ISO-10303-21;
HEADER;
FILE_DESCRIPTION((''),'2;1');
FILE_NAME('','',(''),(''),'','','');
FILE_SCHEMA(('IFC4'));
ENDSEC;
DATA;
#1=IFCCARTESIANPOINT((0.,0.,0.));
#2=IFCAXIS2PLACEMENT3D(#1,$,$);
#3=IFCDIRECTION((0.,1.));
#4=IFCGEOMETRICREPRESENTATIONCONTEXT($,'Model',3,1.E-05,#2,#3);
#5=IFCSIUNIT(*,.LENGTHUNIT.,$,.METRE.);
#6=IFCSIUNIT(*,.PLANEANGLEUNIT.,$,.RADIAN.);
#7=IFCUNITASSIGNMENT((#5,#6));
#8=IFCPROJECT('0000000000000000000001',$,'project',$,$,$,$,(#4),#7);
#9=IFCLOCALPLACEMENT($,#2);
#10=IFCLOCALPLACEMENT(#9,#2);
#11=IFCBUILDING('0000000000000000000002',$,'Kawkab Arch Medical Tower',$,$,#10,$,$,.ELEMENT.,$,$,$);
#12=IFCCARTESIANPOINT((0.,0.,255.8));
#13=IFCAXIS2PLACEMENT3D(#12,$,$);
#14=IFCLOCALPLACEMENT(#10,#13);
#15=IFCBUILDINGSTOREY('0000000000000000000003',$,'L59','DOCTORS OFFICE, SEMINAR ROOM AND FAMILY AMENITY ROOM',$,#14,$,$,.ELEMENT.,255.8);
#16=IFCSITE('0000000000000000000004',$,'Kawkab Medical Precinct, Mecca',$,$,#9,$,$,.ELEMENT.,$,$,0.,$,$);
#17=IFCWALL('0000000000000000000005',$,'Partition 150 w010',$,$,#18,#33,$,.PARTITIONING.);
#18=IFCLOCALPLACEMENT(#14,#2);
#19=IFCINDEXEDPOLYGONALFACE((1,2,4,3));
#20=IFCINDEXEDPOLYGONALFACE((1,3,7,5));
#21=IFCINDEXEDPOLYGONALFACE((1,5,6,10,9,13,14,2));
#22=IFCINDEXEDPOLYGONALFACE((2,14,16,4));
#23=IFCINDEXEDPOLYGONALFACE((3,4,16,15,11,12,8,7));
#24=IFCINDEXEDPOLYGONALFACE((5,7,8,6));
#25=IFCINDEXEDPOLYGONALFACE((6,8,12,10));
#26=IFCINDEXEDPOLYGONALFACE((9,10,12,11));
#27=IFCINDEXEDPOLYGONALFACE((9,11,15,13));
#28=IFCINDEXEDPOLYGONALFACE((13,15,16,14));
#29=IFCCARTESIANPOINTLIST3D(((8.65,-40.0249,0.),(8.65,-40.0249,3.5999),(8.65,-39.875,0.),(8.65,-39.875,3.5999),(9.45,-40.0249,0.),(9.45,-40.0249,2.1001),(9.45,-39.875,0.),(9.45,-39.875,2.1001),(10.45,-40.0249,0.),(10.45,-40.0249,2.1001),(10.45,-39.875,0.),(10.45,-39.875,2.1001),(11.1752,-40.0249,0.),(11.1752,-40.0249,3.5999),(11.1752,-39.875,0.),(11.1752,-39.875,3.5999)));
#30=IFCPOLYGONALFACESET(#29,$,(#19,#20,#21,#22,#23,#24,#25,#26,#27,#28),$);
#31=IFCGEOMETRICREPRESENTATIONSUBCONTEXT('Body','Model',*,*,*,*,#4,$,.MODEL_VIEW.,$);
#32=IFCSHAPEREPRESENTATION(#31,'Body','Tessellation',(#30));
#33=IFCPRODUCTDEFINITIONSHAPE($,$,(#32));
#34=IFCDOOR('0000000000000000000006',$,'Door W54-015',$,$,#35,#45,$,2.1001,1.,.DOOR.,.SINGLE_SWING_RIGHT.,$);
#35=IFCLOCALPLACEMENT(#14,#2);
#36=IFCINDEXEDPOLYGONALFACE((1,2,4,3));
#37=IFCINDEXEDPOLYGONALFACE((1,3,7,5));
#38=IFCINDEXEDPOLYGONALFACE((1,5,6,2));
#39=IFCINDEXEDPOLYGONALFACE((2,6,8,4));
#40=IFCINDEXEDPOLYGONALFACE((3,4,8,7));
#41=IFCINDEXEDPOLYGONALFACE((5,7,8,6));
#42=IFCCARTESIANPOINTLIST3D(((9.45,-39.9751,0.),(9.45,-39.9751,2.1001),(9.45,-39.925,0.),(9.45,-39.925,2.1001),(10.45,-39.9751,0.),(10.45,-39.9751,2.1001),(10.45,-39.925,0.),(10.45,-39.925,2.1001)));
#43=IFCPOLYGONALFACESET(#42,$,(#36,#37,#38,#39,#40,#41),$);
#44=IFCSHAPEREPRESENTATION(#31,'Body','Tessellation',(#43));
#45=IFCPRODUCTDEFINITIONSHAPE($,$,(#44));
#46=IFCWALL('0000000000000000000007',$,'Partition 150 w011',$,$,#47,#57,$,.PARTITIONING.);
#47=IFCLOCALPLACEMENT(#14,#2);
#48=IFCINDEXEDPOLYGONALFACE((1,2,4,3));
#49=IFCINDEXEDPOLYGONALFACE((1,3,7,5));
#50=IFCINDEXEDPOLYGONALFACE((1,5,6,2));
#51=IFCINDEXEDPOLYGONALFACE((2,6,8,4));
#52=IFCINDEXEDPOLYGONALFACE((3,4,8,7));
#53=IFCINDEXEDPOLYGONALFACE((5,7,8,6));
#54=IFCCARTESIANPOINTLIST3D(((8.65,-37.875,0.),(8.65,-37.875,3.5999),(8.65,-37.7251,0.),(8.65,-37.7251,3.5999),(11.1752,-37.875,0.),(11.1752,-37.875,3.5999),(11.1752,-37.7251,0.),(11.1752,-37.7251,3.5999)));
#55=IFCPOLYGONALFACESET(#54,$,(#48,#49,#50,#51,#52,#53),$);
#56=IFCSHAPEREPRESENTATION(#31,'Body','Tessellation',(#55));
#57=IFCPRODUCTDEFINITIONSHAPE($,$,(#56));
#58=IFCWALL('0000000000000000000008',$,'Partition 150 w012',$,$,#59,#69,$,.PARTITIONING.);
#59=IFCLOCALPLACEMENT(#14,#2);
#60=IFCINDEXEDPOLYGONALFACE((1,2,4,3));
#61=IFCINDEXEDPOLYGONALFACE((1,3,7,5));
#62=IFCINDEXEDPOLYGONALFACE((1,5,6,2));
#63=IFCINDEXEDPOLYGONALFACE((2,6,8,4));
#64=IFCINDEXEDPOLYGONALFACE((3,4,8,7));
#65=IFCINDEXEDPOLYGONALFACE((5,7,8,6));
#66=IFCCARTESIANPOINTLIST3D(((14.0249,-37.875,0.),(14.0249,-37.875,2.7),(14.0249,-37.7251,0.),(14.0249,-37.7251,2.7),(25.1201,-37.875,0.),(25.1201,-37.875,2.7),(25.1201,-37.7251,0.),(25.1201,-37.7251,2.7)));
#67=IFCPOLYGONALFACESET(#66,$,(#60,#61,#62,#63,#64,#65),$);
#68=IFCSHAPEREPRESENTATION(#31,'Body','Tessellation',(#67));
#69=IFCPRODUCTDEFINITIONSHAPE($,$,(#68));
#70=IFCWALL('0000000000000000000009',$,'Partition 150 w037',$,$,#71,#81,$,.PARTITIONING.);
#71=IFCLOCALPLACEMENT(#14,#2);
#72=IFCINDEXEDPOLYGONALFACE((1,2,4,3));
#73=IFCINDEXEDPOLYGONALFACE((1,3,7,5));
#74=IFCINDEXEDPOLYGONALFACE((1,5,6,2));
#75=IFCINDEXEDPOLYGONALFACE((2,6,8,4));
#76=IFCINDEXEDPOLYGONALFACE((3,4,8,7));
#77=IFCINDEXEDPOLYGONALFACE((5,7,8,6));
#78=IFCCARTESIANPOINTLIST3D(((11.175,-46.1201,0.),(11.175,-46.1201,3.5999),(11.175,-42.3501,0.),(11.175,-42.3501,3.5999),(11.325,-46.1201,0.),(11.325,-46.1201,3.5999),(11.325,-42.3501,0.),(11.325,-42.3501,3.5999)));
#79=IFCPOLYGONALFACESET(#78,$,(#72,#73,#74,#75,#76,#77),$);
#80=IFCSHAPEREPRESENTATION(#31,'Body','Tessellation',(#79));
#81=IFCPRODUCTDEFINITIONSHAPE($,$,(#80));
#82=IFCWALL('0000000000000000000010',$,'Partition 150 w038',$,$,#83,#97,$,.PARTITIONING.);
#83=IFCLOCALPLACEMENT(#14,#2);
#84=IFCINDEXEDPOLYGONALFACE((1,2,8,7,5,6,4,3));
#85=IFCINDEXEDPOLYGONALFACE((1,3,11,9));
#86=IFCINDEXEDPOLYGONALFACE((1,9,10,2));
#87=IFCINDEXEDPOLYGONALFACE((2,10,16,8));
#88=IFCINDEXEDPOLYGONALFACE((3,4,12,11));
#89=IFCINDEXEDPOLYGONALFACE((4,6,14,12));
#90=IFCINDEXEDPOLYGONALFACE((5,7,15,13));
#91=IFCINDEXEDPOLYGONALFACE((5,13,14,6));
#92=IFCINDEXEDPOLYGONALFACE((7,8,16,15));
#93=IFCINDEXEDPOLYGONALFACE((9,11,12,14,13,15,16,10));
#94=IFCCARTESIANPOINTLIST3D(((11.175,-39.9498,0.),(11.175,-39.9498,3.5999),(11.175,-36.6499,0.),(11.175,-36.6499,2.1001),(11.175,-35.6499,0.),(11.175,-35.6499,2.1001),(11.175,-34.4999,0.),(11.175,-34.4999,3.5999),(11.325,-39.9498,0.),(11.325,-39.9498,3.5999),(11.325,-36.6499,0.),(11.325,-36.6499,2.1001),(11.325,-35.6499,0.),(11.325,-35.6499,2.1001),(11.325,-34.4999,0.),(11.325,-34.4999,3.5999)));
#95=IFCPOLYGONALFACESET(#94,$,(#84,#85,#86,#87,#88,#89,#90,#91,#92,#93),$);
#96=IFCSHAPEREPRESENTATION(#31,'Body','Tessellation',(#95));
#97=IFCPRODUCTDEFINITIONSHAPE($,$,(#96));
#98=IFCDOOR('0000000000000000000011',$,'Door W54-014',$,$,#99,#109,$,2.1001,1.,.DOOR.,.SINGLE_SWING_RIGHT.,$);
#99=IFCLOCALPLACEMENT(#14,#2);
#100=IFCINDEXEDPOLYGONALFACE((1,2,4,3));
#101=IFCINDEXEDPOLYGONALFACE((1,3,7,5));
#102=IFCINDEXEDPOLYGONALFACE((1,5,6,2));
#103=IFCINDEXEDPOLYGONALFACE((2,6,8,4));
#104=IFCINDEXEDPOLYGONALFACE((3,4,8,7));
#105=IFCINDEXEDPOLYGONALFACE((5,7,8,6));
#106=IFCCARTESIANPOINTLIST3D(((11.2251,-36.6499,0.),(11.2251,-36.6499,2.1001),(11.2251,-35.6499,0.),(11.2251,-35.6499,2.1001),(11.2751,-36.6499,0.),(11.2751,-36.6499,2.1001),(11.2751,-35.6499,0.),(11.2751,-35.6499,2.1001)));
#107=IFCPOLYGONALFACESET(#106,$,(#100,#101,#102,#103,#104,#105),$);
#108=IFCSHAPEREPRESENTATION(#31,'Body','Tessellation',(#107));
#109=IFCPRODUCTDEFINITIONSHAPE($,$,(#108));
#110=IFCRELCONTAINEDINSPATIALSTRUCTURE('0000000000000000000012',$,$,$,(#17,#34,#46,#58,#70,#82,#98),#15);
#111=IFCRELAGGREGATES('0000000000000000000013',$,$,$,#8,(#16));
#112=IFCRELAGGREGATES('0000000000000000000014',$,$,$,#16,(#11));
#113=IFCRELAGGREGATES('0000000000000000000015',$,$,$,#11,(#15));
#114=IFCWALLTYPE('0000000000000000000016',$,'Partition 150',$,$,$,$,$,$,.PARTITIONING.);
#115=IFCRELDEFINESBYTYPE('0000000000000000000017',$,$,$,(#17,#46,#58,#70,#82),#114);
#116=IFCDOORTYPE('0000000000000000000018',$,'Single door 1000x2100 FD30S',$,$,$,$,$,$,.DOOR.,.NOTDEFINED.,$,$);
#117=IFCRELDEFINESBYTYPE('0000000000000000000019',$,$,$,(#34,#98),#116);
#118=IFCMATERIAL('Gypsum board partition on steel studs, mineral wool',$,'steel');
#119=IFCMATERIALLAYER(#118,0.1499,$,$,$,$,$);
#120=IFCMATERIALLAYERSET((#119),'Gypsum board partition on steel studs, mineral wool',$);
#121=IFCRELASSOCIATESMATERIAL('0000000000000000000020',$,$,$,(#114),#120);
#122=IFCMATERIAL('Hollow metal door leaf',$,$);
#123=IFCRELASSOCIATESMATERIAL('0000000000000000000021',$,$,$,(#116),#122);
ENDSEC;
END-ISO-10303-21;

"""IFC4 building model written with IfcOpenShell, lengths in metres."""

from ifc_helpers import new_model, si_unit, direction, frame, frame_2d, origin, place, context, subcontext, project, spatial, rectangle, extrude, material, layer, layer_set, type_object, element, fill, save


model = new_model("IFC4")

# Units and contexts
model_context = context("Model", 3, precision=1e-05, world=origin(), true_north=direction((0.0, 1.0)))
body_context = subcontext(model_context, "Body", "Model", "MODEL_VIEW")
ifc_project = project(units=[si_unit("LENGTHUNIT", "METRE"), si_unit("PLANEANGLEUNIT", "RADIAN")], contexts=[model_context])

# Site, building, storey
site_placement = place(None, origin())
site = spatial("IfcSite", under=ifc_project, at=site_placement, Name="Kawkab Medical Precinct, Mecca", CompositionType="ELEMENT", RefElevation=0.0)
building_placement = place(site_placement, origin())
building = spatial("IfcBuilding", under=site, at=building_placement, Name="Kawkab Arch Medical Tower", CompositionType="ELEMENT")
storey_placement = place(building_placement, frame((0.0, 0.0, 255.8)))
storey = spatial("IfcBuildingStorey", under=building, at=storey_placement, Name="L59", Description="DOCTORS OFFICE, SEMINAR ROOM AND FAMILY AMENITY ROOM", CompositionType="ELEMENT", Elevation=255.8)

# Shared definitions
ifc_material_1 = material(Name="Gypsum board partition on steel studs, mineral wool", Category="steel")
ifc_layer_1 = layer(ifc_material_1, 0.1499)
ifc_layer_set_1 = layer_set([ifc_layer_1], Name="Gypsum board partition on steel studs, mineral wool")
wall_type_1 = type_object("IfcWallType", Name="Partition 150", PredefinedType="PARTITIONING", material=ifc_layer_set_1)

# Wall, opening, door
wall_1_placement = place(storey_placement, frame((8.6499, -39.95, 0.0), z_axis=(0.0, 0.0, 1.0), x_axis=(1.0, 0.0, 0.0)))
wall_1 = element("IfcWall", 1, at=wall_1_placement, inside=storey, type_object=wall_type_1, Name="Partition 150 w010", PredefinedType="PARTITIONING", context=body_context, shape_type="SweptSolid", body=[
    extrude(rectangle(XDim=2.5251, YDim=0.1499, at=frame_2d((1.2627, 0.0))), origin(), (0.0, 0.0, 1.0), 3.5999),
])
opening_1_placement = place(wall_1_placement, frame((0.8, 0.0, 0.0)))
opening_1 = element("IfcOpeningElement", 2, at=opening_1_placement, cuts=wall_1, PredefinedType="OPENING", context=body_context, shape_type="SweptSolid", body=[
    extrude(rectangle(XDim=1.0, YDim=2.1001, at=frame_2d((0.5, 1.05))), frame((0.0, 0.085, 0.0), z_axis=(0.0, -1.0, 0.0), x_axis=(1.0, 0.0, 0.0)), (0.0, 0.0, 1.0), 0.1699),
])
ifc_material_2 = material(Name="Hollow metal door leaf")
door_type_1 = type_object("IfcDoorType", Name="Single door 1000x2100 FD30S", OperationType="NOTDEFINED", PredefinedType="DOOR", material=ifc_material_2)
door_1_placement = place(opening_1_placement, origin())
door_1 = element("IfcDoor", 3, at=door_1_placement, inside=storey, type_object=door_type_1, Name="Door W54-015", OperationType="SINGLE_SWING_RIGHT", OverallHeight=2.1001, OverallWidth=1.0, PredefinedType="DOOR", context=body_context, shape_type="SweptSolid", body=[
    extrude(rectangle(XDim=1.0, YDim=2.1001, at=frame_2d((0.5, 1.05))), frame((0.0, 0.0249, 0.0), z_axis=(0.0, -1.0, 0.0), x_axis=(1.0, 0.0, 0.0)), (0.0, 0.0, 1.0), 0.05),
])
fill(opening_1, door_1)

# Walls
wall_2_placement = place(storey_placement, frame((8.6499, -37.8, 0.0), z_axis=(0.0, 0.0, 1.0), x_axis=(1.0, 0.0, 0.0)))
element("IfcWall", 4, at=wall_2_placement, inside=storey, type_object=wall_type_1, Name="Partition 150 w011", PredefinedType="PARTITIONING", context=body_context, shape_type="SweptSolid", body=[
    extrude(rectangle(XDim=2.5251, YDim=0.1499, at=frame_2d((1.2627, 0.0))), origin(), (0.0, 0.0, 1.0), 3.5999),
])
wall_3_placement = place(storey_placement, frame((14.0249, -37.8, 0.0), z_axis=(0.0, 0.0, 1.0), x_axis=(1.0, 0.0, 0.0)))
element("IfcWall", 5, at=wall_3_placement, inside=storey, type_object=wall_type_1, Name="Partition 150 w012", PredefinedType="PARTITIONING", context=body_context, shape_type="SweptSolid", body=[
    extrude(rectangle(XDim=11.0952, YDim=0.1499, at=frame_2d((5.5476, 0.0))), origin(), (0.0, 0.0, 1.0), 2.7),
])
wall_4_placement = place(storey_placement, frame((11.25, -46.1201, 0.0), z_axis=(0.0, 0.0, 1.0), x_axis=(0.0, 1.0, 0.0)))
element("IfcWall", 6, at=wall_4_placement, inside=storey, type_object=wall_type_1, Name="Partition 150 w037", PredefinedType="PARTITIONING", context=body_context, shape_type="SweptSolid", body=[
    extrude(rectangle(XDim=3.77, YDim=0.1499, at=frame_2d((1.885, 0.0))), origin(), (0.0, 0.0, 1.0), 3.5999),
])

# Wall, opening, door
wall_5_placement = place(storey_placement, frame((11.25, -39.95, 0.0), z_axis=(0.0, 0.0, 1.0), x_axis=(0.0, 1.0, 0.0)))
wall_5 = element("IfcWall", 7, at=wall_5_placement, inside=storey, type_object=wall_type_1, Name="Partition 150 w038", PredefinedType="PARTITIONING", context=body_context, shape_type="SweptSolid", body=[
    extrude(rectangle(XDim=5.45, YDim=0.1499, at=frame_2d((2.7251, 0.0))), origin(), (0.0, 0.0, 1.0), 3.5999),
])
opening_2_placement = place(wall_5_placement, frame((3.3, 0.0, 0.0)))
opening_2 = element("IfcOpeningElement", 8, at=opening_2_placement, cuts=wall_5, PredefinedType="OPENING", context=body_context, shape_type="SweptSolid", body=[
    extrude(rectangle(XDim=1.0, YDim=2.1001, at=frame_2d((0.5, 1.05))), frame((0.0, 0.085, 0.0), z_axis=(0.0, -1.0, 0.0), x_axis=(1.0, 0.0, 0.0)), (0.0, 0.0, 1.0), 0.1699),
])
door_2_placement = place(opening_2_placement, origin())
door_2 = element("IfcDoor", 9, at=door_2_placement, inside=storey, type_object=door_type_1, Name="Door W54-014", OperationType="SINGLE_SWING_RIGHT", OverallHeight=2.1001, OverallWidth=1.0, PredefinedType="DOOR", context=body_context, shape_type="SweptSolid", body=[
    extrude(rectangle(XDim=1.0, YDim=2.1001, at=frame_2d((0.5, 1.05))), frame((0.0, 0.0249, 0.0), z_axis=(0.0, -1.0, 0.0), x_axis=(1.0, 0.0, 0.0)), (0.0, 0.0, 1.0), 0.05),
])
fill(opening_2, door_2)

save(model, "model.ifc")
